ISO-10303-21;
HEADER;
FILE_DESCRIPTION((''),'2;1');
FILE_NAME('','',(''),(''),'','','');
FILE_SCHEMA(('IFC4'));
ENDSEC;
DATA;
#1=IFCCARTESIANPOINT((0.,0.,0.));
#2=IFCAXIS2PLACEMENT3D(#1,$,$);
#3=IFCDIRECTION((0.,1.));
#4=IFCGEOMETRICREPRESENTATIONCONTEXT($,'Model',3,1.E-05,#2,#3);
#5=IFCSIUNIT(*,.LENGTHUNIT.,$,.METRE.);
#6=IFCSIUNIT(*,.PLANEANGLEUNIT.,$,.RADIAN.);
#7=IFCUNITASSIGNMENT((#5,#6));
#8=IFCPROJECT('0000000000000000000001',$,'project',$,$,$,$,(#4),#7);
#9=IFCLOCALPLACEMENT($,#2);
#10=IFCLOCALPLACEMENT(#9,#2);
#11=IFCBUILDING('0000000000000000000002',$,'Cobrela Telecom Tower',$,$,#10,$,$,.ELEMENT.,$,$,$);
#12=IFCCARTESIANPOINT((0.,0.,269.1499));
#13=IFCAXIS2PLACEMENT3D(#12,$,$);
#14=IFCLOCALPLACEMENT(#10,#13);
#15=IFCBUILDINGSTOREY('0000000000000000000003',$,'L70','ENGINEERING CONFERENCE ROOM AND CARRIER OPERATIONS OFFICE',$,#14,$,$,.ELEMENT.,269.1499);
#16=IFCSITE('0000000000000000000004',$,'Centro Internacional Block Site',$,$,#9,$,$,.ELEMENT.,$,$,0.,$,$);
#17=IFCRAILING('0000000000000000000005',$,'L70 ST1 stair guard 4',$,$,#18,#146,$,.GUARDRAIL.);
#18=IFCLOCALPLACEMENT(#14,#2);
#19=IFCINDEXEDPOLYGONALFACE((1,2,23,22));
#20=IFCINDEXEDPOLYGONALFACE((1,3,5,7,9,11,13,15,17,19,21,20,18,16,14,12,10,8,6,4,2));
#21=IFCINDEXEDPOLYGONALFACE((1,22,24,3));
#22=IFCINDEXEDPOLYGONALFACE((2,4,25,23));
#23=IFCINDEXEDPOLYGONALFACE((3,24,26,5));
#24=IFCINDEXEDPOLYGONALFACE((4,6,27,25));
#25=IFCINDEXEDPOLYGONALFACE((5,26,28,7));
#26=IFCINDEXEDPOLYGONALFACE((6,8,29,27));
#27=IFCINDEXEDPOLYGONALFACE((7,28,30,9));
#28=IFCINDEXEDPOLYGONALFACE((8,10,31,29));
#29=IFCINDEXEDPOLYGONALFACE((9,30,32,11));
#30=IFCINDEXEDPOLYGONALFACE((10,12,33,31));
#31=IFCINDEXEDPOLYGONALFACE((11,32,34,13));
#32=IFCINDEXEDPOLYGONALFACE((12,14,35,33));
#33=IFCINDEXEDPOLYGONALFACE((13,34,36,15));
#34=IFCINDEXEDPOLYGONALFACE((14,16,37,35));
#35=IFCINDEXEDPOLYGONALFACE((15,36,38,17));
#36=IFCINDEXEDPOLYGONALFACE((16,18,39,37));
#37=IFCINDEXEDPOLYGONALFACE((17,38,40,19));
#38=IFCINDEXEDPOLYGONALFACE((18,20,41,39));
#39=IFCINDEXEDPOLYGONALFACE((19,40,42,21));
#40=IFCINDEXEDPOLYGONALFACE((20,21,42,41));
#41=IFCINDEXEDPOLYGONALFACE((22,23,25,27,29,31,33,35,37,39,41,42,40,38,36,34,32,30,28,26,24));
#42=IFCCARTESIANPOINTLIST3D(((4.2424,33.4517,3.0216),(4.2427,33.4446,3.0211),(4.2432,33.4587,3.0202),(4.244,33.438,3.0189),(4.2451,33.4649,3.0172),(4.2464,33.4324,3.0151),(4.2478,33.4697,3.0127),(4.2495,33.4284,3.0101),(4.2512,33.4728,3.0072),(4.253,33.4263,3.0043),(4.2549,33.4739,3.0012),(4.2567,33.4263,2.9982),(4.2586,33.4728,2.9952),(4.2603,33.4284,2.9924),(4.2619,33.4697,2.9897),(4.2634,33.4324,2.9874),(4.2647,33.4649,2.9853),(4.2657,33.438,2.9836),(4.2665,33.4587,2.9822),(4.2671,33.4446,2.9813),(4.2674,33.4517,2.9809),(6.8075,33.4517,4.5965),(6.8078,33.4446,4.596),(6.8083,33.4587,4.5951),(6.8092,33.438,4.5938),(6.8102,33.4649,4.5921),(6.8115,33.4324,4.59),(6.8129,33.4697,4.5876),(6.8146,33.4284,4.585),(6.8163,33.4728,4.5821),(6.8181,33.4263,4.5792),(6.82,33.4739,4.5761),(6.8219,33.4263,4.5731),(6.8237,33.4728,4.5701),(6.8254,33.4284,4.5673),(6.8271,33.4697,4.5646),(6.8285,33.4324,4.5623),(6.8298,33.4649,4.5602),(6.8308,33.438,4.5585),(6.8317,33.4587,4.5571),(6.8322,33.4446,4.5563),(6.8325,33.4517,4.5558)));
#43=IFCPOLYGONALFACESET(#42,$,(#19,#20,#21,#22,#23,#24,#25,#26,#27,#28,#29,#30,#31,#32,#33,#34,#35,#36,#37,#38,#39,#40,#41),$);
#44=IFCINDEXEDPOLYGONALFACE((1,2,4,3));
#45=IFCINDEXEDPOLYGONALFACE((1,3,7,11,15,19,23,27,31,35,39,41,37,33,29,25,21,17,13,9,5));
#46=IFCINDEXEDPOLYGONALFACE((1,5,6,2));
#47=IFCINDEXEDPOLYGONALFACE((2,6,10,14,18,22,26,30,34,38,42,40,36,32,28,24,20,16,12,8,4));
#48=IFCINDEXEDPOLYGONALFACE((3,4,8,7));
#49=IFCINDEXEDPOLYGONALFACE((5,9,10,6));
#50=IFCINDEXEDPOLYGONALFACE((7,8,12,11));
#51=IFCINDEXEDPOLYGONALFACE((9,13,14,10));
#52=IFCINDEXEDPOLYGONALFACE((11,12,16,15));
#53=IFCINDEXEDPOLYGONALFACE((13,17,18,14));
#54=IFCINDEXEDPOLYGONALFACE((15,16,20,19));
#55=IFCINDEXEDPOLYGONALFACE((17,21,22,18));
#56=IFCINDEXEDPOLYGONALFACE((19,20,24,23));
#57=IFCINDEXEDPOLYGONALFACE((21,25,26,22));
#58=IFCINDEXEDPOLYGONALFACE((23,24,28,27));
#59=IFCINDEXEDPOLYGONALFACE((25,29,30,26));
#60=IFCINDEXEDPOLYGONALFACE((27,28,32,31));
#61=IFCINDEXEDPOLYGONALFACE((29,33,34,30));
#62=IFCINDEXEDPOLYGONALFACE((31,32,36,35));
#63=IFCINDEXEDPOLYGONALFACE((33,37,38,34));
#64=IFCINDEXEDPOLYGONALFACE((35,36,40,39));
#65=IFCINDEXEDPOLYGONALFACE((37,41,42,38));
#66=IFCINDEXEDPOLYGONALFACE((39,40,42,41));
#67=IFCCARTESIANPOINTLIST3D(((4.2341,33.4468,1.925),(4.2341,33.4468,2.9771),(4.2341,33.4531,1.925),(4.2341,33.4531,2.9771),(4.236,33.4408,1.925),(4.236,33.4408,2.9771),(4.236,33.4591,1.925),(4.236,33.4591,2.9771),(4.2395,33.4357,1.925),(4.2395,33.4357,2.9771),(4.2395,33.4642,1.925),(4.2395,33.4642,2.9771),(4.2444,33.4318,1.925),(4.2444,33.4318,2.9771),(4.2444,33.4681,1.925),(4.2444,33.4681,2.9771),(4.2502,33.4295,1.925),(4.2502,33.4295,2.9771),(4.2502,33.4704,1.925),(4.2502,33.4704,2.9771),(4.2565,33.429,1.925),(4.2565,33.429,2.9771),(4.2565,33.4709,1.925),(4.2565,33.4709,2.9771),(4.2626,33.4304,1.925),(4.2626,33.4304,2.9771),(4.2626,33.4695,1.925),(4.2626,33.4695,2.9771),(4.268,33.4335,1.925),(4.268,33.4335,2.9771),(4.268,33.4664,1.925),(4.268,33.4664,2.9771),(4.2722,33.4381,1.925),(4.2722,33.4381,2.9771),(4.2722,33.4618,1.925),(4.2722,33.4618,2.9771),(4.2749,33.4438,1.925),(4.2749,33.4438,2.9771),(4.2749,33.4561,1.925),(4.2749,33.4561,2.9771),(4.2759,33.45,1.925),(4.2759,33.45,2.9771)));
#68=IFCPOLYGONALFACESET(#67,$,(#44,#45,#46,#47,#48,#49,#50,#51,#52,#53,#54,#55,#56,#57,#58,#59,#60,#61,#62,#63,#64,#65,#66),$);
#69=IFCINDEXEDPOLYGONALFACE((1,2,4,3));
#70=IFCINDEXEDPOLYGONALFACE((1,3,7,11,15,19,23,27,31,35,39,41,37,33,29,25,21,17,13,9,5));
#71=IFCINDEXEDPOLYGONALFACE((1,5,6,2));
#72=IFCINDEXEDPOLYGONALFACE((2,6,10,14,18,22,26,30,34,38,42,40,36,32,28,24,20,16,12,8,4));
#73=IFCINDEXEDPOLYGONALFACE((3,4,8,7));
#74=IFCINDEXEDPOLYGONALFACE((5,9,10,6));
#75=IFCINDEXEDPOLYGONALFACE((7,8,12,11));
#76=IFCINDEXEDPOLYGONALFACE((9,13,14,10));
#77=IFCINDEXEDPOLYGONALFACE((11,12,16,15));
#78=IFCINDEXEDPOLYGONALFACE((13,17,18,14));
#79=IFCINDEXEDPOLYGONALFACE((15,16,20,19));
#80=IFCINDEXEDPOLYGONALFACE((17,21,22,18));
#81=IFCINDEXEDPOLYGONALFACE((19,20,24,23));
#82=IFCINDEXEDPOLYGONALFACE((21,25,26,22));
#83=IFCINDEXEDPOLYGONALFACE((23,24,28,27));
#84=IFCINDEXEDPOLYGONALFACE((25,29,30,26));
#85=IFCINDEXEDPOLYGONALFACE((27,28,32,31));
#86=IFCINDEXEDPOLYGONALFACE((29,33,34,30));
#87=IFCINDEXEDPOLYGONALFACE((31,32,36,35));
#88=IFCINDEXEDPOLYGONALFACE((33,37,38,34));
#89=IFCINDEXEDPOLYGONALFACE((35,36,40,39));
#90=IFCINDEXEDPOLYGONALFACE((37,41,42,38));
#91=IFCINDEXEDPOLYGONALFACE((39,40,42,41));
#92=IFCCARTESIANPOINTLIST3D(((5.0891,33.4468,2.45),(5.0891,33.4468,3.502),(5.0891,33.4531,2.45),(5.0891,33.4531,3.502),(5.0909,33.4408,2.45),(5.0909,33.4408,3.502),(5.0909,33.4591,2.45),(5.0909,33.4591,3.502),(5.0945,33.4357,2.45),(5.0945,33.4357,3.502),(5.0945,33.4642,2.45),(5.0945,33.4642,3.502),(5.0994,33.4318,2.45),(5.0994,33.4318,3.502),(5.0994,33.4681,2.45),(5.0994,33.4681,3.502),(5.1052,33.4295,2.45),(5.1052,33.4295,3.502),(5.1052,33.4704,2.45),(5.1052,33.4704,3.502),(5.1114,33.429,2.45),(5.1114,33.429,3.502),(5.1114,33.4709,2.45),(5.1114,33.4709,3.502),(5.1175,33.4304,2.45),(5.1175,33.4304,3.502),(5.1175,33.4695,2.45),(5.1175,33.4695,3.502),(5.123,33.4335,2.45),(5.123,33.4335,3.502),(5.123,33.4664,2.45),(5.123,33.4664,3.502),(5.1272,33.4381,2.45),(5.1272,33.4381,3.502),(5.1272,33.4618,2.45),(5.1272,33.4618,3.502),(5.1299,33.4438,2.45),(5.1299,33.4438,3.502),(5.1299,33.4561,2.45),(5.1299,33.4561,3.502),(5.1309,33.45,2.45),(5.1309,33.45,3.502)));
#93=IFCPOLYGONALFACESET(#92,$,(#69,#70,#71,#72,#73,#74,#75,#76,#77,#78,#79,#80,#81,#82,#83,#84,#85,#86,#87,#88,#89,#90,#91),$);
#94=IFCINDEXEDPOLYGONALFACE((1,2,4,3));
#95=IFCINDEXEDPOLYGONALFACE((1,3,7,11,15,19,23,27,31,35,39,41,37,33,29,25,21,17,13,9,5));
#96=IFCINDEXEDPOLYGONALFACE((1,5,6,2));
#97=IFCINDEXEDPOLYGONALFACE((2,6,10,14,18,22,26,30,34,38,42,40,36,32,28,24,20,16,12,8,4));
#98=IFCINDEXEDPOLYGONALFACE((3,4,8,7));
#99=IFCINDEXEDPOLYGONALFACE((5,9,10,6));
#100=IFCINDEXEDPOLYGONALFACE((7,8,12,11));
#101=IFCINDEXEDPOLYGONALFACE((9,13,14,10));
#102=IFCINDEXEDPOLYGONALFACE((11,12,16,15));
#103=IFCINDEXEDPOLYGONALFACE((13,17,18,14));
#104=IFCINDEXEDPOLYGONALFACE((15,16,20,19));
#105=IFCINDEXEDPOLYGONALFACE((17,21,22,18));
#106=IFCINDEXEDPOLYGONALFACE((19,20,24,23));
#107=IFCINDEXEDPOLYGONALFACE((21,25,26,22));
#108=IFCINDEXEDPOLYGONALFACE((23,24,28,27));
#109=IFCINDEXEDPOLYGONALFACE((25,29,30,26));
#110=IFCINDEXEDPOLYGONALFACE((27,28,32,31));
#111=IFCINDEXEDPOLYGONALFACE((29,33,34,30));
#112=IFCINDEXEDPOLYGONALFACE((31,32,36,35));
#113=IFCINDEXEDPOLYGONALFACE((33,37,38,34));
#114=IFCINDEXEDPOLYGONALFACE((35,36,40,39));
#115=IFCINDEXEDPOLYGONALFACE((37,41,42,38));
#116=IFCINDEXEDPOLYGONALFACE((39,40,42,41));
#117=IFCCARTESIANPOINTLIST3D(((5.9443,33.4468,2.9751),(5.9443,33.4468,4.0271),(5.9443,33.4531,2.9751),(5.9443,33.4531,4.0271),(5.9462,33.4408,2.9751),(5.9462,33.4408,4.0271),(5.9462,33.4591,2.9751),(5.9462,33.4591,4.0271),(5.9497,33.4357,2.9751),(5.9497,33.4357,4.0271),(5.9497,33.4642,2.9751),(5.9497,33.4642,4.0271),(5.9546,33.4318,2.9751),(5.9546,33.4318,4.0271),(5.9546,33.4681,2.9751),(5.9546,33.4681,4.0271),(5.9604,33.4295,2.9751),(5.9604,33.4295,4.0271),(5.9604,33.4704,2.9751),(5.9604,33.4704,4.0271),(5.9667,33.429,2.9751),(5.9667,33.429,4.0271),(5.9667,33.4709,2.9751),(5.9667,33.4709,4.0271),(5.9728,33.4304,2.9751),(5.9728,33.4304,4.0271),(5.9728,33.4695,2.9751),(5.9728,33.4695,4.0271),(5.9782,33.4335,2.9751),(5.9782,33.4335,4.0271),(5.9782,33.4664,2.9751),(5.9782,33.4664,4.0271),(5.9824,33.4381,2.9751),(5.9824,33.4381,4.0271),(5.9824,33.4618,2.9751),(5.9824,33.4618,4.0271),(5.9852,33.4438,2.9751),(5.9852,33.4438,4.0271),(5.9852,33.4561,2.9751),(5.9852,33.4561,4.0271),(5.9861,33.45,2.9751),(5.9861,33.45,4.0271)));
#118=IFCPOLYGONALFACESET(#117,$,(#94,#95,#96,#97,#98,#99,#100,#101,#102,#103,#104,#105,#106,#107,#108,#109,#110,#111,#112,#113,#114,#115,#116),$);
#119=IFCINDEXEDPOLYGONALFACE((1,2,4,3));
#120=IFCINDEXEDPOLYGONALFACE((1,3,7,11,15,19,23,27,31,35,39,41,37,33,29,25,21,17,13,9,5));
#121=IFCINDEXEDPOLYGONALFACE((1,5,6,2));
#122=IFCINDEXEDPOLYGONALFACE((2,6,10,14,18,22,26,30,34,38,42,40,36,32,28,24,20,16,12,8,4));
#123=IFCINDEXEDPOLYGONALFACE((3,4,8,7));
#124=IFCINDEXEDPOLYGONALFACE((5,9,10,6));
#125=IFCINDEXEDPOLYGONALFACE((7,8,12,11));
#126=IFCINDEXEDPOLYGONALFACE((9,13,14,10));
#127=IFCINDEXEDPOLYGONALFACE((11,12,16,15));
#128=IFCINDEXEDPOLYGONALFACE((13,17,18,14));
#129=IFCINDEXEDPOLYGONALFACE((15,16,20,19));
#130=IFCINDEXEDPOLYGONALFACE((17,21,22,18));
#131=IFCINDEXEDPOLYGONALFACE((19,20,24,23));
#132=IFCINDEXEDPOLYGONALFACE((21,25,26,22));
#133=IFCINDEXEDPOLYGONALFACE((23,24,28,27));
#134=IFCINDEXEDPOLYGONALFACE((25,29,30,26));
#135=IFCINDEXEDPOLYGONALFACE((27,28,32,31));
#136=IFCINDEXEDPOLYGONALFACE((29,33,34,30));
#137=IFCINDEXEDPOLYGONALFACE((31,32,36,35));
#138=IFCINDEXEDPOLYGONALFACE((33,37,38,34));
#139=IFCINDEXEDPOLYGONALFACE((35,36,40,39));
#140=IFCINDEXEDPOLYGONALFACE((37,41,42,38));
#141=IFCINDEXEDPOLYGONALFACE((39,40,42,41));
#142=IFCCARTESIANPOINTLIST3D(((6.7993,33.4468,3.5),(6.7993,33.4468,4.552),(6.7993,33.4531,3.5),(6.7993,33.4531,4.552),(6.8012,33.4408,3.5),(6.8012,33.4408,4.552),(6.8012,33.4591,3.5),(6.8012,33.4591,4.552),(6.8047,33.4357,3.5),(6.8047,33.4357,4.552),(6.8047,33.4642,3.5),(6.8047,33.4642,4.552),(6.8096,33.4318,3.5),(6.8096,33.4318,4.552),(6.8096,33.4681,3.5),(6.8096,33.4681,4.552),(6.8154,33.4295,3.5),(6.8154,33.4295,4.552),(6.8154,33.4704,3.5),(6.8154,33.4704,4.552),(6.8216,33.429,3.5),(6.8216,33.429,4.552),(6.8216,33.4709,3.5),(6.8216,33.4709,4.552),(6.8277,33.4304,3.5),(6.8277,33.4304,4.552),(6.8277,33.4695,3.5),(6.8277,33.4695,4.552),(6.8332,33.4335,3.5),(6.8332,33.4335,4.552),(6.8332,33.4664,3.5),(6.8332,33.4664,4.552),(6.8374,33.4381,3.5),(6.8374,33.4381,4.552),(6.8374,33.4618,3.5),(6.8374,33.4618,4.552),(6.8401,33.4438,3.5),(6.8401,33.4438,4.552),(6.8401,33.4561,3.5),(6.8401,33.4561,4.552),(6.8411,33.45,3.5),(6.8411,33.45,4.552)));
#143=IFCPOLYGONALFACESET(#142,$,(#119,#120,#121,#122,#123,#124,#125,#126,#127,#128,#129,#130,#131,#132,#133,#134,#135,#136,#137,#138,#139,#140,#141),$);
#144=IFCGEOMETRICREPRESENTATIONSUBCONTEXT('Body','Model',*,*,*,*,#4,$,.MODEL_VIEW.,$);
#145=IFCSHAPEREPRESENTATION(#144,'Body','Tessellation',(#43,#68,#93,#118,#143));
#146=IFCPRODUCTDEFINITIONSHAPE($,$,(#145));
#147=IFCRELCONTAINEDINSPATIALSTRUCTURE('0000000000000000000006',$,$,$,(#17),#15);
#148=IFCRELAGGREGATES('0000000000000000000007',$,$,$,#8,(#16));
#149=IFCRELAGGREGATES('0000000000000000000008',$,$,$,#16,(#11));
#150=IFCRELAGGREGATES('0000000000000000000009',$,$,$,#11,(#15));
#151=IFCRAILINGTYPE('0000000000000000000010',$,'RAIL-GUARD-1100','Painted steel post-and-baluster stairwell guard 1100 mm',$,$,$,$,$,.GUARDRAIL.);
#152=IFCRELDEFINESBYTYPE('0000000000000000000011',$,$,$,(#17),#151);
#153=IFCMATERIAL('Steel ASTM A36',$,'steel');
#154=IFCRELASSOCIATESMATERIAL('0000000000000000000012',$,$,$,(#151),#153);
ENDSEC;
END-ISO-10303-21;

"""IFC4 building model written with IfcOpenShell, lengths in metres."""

from ifc_helpers import new_model, si_unit, direction, frame, origin, origin_2d, place, context, subcontext, project, spatial, circle, extrude, material, type_object, element, save


model = new_model("IFC4")

# Units and contexts
model_context = context("Model", 3, precision=1e-05, world=origin(), true_north=direction((0.0, 1.0)))
body_context = subcontext(model_context, "Body", "Model", "MODEL_VIEW")
ifc_project = project(units=[si_unit("LENGTHUNIT", "METRE"), si_unit("PLANEANGLEUNIT", "RADIAN")], contexts=[model_context])

# Site, building, storey
site_placement = place(None, origin())
site = spatial("IfcSite", under=ifc_project, at=site_placement, Name="Centro Internacional Block Site", CompositionType="ELEMENT", RefElevation=0.0)
building_placement = place(site_placement, origin())
building = spatial("IfcBuilding", under=site, at=building_placement, Name="Cobrela Telecom Tower", CompositionType="ELEMENT")
storey_placement = place(building_placement, frame((0.0, 0.0, 269.1499)))
storey = spatial("IfcBuildingStorey", under=building, at=storey_placement, Name="L70", Description="ENGINEERING CONFERENCE ROOM AND CARRIER OPERATIONS OFFICE", CompositionType="ELEMENT", Elevation=269.1499)

# Shared definitions
ifc_material_1 = material(Name="Steel ASTM A36", Category="steel")

# Railing
railing_type_1 = type_object("IfcRailingType", Name="RAIL-GUARD-1100", Description="Painted steel post-and-baluster stairwell guard 1100 mm", PredefinedType="GUARDRAIL", material=ifc_material_1)
railing_1_placement = place(storey_placement, frame((4.2549, 33.45, 1.925)))
element("IfcRailing", 1, at=railing_1_placement, inside=storey, type_object=railing_type_1, Name="L70 ST1 stair guard 4", PredefinedType="GUARDRAIL", context=body_context, shape_type="SweptSolid", body=[
    extrude(circle(Radius=0.0239, at=origin_2d()), frame((0.0, 0.0, 1.0762), z_axis=(0.852195, 0.0, 0.523224), x_axis=(0.0, 1.0, 0.0)), (0.0, 0.0, 1.0), 3.01),
    extrude(circle(Radius=0.021, at=origin_2d()), origin(), (0.0, 0.0, 1.0), 1.052),
    extrude(circle(Radius=0.021, at=origin_2d()), frame((0.855, 0.0, 0.5249)), (0.0, 0.0, 1.0), 1.052),
    extrude(circle(Radius=0.021, at=origin_2d()), frame((1.7102, 0.0, 1.05)), (0.0, 0.0, 1.0), 1.052),
    extrude(circle(Radius=0.021, at=origin_2d()), frame((2.5652, 0.0, 1.575)), (0.0, 0.0, 1.0), 1.052),
])

save(model, "model.ifc")
